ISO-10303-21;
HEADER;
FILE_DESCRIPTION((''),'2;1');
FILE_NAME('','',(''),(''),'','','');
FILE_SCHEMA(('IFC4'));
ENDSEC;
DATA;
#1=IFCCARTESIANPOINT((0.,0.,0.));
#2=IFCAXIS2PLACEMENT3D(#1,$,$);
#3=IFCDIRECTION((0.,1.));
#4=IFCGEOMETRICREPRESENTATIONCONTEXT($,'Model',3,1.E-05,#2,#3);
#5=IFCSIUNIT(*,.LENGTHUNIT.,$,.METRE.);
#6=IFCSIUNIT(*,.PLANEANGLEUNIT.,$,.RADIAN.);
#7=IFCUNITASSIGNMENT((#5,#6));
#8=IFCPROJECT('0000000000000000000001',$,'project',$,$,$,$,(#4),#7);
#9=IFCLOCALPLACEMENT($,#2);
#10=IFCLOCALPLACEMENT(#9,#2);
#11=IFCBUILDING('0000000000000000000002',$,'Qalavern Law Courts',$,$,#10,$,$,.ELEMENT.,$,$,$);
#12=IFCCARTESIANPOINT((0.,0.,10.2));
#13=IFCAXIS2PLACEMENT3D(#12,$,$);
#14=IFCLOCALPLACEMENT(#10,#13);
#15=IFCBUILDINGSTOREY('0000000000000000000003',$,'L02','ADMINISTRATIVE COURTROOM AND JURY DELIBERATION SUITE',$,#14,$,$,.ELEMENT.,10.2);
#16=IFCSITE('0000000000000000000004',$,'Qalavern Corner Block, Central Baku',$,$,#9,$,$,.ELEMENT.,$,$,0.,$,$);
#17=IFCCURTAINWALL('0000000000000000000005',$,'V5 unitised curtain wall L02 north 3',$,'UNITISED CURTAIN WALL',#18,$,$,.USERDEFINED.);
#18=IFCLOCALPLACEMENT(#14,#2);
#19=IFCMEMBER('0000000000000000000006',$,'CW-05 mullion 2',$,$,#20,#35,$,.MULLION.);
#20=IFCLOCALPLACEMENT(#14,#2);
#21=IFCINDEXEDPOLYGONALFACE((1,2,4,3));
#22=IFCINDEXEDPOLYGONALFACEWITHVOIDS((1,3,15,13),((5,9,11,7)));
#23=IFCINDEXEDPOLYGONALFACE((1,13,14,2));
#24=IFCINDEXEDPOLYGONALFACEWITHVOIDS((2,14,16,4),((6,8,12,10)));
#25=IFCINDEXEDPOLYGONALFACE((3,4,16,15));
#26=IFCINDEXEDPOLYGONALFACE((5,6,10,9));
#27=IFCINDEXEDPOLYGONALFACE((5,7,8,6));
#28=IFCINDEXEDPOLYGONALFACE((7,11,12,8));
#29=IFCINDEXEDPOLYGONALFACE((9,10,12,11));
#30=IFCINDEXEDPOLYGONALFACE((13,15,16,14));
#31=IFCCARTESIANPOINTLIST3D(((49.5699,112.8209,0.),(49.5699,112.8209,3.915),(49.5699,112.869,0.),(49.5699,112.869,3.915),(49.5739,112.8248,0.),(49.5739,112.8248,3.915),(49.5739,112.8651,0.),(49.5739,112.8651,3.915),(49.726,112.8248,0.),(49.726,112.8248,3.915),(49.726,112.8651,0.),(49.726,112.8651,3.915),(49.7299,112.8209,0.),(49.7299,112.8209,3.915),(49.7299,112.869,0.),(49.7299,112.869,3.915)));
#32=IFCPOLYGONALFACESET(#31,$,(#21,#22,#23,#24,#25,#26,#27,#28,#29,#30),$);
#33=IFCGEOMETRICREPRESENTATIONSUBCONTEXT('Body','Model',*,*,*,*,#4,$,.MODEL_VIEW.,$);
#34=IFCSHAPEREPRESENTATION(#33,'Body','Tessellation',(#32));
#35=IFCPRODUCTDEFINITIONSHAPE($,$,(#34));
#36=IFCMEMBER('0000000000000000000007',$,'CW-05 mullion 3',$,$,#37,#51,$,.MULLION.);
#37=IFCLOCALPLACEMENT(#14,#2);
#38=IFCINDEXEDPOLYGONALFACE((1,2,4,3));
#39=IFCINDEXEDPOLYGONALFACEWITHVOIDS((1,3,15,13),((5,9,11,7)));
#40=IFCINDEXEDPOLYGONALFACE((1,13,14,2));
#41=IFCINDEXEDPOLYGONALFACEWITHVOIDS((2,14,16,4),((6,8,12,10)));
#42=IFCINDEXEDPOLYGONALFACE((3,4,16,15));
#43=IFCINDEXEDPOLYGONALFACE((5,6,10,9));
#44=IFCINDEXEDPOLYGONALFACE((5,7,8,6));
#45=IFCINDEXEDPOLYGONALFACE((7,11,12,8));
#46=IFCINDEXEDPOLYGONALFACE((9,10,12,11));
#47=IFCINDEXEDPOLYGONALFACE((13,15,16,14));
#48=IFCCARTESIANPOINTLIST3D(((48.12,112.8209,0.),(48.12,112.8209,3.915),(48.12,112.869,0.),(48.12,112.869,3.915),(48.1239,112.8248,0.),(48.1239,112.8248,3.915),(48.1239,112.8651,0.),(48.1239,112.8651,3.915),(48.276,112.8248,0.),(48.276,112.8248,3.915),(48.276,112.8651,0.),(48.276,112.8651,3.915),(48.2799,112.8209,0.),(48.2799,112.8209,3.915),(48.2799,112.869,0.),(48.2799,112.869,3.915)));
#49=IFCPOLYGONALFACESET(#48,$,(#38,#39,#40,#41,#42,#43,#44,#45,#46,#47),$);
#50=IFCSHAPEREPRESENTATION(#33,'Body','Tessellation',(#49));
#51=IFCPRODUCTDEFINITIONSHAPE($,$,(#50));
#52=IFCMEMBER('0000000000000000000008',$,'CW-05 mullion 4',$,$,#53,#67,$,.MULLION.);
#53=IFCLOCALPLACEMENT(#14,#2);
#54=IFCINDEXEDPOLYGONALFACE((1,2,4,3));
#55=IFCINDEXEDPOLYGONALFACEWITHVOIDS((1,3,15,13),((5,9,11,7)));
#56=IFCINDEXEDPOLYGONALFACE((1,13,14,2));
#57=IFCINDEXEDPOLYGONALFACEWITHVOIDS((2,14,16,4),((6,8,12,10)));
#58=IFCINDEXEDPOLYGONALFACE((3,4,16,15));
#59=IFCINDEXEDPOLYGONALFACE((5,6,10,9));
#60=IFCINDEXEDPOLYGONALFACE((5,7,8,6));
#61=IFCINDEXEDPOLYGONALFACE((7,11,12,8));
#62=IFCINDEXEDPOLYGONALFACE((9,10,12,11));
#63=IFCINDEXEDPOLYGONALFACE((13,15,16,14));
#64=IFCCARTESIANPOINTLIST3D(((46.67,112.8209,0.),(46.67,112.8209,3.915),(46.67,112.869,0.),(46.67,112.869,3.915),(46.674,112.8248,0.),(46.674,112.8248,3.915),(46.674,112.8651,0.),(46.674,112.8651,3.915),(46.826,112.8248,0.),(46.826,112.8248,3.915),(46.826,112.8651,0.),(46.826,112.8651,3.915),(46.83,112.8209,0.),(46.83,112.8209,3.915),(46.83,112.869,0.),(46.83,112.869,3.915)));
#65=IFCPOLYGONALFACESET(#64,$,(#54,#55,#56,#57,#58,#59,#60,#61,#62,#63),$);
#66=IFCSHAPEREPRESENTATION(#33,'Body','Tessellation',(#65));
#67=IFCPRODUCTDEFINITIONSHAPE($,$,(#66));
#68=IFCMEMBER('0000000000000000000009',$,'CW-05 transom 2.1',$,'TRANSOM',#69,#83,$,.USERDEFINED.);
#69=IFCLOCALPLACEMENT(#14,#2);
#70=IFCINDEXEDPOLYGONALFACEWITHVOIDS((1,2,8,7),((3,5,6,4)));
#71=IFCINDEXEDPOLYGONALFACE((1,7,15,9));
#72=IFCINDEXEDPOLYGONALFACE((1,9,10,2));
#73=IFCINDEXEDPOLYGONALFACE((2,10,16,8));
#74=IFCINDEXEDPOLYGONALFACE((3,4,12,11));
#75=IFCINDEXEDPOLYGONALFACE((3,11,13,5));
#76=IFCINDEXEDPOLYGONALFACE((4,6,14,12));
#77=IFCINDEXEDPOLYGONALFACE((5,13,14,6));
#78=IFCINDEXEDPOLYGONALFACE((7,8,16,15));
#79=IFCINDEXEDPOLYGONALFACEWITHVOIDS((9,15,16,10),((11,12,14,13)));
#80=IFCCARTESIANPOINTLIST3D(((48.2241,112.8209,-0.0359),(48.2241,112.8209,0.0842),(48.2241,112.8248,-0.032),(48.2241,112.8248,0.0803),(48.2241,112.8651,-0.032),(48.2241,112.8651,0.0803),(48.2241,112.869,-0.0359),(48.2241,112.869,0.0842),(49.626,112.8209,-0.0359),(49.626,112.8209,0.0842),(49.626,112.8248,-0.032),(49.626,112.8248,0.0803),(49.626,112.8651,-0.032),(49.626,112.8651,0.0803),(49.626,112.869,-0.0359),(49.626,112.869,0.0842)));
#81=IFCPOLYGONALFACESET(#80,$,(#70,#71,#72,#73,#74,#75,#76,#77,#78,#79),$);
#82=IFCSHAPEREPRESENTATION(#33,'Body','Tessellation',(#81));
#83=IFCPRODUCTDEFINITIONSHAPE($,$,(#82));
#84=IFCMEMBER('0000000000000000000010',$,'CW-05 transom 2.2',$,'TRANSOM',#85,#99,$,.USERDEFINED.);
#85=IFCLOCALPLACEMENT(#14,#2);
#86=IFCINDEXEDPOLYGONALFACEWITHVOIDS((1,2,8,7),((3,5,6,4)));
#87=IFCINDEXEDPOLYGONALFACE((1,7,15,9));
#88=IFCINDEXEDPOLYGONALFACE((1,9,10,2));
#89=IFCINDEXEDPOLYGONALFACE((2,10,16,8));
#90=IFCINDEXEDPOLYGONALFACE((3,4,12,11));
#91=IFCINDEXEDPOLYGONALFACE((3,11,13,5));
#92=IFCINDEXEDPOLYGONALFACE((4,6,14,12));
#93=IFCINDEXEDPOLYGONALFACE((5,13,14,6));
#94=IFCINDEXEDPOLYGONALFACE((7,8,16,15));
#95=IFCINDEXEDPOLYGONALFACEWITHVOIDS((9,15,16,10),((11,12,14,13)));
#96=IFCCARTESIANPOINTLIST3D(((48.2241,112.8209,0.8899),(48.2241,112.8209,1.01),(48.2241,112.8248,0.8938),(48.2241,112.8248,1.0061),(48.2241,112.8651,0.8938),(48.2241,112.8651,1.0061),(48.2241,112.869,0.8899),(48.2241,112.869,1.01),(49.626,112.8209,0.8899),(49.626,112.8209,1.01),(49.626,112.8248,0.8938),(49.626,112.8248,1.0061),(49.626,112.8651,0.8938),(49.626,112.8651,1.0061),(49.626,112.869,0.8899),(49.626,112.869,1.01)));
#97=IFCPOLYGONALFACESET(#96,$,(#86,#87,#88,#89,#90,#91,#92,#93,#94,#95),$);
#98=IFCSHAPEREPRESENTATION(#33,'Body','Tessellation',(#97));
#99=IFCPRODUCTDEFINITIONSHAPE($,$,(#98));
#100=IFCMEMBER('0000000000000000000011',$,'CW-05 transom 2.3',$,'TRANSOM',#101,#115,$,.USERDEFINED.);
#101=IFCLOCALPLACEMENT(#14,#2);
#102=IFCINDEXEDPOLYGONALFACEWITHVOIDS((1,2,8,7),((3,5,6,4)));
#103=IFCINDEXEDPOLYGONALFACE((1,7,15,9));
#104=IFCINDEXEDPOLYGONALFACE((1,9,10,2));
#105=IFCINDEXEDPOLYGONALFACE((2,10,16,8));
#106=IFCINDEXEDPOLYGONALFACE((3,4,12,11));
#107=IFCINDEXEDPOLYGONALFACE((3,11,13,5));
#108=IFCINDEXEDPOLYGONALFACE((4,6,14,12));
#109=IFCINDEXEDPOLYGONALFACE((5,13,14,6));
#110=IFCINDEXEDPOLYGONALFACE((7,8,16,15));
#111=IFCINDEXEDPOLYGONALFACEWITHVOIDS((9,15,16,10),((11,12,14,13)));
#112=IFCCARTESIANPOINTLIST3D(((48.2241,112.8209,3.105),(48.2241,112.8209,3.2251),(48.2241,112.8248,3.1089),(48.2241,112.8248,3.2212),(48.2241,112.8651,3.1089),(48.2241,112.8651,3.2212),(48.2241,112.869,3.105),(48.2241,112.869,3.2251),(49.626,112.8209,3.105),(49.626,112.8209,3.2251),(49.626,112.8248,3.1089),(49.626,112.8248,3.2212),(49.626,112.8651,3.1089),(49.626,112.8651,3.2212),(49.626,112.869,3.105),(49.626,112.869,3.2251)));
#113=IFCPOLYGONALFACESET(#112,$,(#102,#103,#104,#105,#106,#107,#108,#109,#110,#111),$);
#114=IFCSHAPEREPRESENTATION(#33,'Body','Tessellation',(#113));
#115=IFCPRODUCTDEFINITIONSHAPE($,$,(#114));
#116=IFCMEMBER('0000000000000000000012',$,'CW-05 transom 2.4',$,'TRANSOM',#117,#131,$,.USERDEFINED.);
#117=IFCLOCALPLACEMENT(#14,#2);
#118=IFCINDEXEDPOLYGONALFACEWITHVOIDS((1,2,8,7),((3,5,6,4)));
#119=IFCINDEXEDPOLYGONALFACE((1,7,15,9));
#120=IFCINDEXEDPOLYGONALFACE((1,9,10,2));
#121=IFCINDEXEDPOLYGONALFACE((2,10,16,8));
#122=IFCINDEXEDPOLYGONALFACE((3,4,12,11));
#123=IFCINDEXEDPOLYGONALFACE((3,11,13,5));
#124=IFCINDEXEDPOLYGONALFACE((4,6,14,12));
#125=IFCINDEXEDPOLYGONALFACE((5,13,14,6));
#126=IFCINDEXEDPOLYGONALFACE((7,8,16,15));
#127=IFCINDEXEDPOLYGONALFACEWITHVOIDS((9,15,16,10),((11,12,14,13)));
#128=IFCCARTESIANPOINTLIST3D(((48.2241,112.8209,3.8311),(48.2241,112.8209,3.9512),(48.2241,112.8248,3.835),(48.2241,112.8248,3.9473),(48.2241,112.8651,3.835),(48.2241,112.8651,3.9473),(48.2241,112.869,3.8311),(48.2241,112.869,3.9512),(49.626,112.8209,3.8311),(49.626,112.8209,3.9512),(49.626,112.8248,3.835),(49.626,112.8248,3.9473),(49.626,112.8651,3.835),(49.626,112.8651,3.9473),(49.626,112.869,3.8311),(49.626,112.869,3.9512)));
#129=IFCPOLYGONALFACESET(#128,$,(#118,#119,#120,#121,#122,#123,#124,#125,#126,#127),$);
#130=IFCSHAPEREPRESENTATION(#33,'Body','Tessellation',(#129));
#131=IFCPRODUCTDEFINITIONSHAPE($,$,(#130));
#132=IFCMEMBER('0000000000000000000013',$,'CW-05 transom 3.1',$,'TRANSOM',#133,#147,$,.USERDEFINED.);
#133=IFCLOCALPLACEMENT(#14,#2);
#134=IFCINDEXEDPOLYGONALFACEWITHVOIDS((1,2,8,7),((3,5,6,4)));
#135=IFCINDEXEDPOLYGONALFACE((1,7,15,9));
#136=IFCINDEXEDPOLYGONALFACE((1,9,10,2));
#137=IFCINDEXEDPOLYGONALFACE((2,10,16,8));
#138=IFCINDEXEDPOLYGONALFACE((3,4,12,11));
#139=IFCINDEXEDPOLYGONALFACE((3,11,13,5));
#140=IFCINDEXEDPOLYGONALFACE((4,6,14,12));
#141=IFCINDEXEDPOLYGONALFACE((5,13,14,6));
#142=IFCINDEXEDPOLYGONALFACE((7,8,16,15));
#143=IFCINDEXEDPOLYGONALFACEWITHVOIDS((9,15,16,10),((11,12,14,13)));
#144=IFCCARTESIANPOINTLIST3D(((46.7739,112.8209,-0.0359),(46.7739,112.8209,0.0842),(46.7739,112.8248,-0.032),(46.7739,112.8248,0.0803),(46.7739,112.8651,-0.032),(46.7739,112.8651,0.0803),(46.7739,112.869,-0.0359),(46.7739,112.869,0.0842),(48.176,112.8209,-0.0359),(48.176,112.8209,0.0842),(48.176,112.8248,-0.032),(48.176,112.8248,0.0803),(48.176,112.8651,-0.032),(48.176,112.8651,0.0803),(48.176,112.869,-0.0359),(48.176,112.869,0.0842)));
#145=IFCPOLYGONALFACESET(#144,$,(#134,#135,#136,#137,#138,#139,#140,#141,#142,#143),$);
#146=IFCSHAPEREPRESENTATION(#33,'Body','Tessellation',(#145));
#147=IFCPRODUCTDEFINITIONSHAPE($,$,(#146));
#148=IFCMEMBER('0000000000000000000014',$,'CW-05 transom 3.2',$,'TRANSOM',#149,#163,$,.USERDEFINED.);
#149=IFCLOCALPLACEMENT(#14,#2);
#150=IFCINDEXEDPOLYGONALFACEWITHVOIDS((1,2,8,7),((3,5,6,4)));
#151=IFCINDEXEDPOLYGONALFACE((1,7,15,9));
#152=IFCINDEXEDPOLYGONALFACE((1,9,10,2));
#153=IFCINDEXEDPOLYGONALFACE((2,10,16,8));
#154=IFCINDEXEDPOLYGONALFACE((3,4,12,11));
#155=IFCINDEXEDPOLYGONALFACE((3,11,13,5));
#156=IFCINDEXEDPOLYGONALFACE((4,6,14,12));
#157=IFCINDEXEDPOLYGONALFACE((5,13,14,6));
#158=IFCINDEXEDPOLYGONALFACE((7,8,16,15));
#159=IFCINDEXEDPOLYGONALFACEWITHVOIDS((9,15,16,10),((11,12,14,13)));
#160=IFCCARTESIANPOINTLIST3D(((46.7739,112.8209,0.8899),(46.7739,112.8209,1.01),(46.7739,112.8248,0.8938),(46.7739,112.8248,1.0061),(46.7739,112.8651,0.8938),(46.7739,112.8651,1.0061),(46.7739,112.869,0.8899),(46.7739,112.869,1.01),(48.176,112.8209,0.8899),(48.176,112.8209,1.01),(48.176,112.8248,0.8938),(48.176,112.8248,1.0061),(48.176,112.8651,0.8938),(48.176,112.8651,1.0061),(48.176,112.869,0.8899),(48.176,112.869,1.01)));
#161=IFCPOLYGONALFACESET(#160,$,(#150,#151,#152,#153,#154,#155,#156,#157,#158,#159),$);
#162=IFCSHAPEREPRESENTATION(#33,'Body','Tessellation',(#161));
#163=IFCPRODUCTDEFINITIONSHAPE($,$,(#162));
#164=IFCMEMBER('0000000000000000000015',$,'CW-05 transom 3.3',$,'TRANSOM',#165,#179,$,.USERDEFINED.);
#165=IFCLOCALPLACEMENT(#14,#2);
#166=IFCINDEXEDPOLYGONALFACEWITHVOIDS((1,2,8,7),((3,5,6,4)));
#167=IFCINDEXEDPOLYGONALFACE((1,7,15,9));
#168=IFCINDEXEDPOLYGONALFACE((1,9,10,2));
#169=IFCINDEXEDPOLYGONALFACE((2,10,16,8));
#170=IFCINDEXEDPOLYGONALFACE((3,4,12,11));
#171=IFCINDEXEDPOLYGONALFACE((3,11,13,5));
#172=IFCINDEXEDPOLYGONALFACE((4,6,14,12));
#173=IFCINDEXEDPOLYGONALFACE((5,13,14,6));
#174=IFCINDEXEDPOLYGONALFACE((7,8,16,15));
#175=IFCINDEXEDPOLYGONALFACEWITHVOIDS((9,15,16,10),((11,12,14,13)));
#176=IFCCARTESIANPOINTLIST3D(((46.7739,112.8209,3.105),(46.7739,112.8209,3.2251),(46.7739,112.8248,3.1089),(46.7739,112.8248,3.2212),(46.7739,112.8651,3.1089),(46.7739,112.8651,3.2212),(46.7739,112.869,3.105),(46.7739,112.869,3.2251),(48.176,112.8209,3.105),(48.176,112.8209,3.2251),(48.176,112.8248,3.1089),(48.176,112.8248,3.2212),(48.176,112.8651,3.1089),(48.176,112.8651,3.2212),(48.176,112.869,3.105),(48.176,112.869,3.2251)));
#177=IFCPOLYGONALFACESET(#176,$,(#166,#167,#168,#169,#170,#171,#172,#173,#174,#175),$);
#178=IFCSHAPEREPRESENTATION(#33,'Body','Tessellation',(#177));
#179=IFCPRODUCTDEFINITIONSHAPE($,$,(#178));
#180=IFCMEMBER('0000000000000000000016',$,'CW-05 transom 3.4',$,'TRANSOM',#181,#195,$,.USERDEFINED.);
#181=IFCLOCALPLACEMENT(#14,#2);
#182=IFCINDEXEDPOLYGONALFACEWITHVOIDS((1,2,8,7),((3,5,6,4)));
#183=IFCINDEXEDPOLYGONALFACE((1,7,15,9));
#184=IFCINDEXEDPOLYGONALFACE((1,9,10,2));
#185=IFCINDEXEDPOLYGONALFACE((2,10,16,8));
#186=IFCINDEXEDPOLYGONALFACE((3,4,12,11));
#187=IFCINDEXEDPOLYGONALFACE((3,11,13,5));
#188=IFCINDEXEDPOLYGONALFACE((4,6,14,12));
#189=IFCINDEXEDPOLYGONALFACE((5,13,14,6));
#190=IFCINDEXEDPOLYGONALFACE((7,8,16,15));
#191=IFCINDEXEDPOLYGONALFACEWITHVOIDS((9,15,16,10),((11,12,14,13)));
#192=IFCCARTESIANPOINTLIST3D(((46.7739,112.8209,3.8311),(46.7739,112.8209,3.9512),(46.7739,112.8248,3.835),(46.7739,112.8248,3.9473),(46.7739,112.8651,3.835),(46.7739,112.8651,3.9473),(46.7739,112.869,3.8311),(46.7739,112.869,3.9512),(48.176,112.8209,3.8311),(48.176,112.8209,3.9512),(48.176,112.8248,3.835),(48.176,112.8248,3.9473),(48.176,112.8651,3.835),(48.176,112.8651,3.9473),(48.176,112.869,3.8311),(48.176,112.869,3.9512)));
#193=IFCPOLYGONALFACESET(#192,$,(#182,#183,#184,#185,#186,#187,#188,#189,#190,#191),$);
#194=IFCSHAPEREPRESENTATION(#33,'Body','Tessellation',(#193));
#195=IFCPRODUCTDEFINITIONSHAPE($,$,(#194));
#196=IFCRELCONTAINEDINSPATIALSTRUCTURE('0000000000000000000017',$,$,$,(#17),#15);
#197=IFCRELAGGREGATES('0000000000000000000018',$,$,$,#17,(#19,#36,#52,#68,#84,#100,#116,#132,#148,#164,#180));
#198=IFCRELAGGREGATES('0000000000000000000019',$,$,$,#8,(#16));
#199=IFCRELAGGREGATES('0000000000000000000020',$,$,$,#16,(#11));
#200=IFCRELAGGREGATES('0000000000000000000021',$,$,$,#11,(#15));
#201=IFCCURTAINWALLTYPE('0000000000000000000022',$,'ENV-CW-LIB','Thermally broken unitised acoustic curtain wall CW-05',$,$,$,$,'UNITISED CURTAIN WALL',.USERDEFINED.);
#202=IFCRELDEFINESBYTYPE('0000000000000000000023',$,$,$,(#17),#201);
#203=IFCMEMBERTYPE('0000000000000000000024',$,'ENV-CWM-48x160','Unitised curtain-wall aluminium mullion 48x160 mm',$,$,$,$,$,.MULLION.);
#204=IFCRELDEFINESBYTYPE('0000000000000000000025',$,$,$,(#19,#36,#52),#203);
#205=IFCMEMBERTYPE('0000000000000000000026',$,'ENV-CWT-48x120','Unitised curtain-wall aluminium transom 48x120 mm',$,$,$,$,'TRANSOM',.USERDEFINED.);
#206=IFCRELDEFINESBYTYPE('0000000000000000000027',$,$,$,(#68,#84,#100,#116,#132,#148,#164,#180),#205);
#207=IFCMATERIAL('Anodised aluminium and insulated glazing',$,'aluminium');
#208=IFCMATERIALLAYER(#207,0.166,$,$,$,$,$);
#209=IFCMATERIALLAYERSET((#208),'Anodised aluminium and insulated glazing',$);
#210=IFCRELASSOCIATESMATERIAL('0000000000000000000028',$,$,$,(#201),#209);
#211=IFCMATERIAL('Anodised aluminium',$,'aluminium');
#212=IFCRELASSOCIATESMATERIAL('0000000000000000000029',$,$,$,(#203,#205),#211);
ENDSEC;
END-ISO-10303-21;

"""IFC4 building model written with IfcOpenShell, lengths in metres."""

from ifc_helpers import new_model, si_unit, direction, frame, origin, origin_2d, place, context, subcontext, project, spatial, hollow_rectangle, extrude, material, layer, layer_set, material_profile, profile_set, type_object, element, aggregate, save


model = new_model("IFC4")

# Units and contexts
model_context = context("Model", 3, precision=1e-05, world=origin(), true_north=direction((0.0, 1.0)))
body_context = subcontext(model_context, "Body", "Model", "MODEL_VIEW")
ifc_project = project(units=[si_unit("LENGTHUNIT", "METRE"), si_unit("PLANEANGLEUNIT", "RADIAN")], contexts=[model_context])

# Site, building, storey
site_placement = place(None, origin())
site = spatial("IfcSite", under=ifc_project, at=site_placement, Name="Qalavern Corner Block, Central Baku", CompositionType="ELEMENT", RefElevation=0.0)
building_placement = place(site_placement, origin())
building = spatial("IfcBuilding", under=site, at=building_placement, Name="Qalavern Law Courts", CompositionType="ELEMENT")
storey_placement = place(building_placement, frame((0.0, 0.0, 10.2)))
storey = spatial("IfcBuildingStorey", under=building, at=storey_placement, Name="L02", Description="ADMINISTRATIVE COURTROOM AND JURY DELIBERATION SUITE", CompositionType="ELEMENT", Elevation=10.2)

# Curtain wall, members
ifc_material_1 = material(Name="Anodised aluminium and insulated glazing", Category="aluminium")
ifc_layer_1 = layer(ifc_material_1, 0.166)
ifc_layer_set_1 = layer_set([ifc_layer_1], Name="Anodised aluminium and insulated glazing")
curtain_wall_type = type_object("IfcCurtainWallType", Name="ENV-CW-LIB", Description="Thermally broken unitised acoustic curtain wall CW-05", ElementType="UNITISED CURTAIN WALL", PredefinedType="USERDEFINED", material=ifc_layer_set_1)
curtain_wall_placement = place(storey_placement, origin())
curtain_wall = element("IfcCurtainWall", 1, at=curtain_wall_placement, inside=storey, type_object=curtain_wall_type, Name="V5 unitised curtain wall L02 north 3", ObjectType="UNITISED CURTAIN WALL", PredefinedType="USERDEFINED")
ifc_material_2 = material(Name="Anodised aluminium", Category="aluminium")
ifc_material_profile_1 = material_profile(ifc_material_2, hollow_rectangle(XDim=0.0481, YDim=0.1599, WallThickness=0.0039, at=origin_2d()), Name="ALU MULLION 48x160")
ifc_profile_set_1 = profile_set([ifc_material_profile_1], Name="Anodised aluminium")
member_type_1 = type_object("IfcMemberType", Name="ENV-CWM-48x160", Description="Unitised curtain-wall aluminium mullion 48x160 mm", PredefinedType="MULLION", material=ifc_profile_set_1)
member_1_placement = place(storey_placement, frame((49.6499, 112.845, 0.0), z_axis=(0.0, 0.0, 1.0), x_axis=(0.0, -1.0, 0.0)))
member_1 = element("IfcMember", 2, at=member_1_placement, type_object=member_type_1, Name="CW-05 mullion 2", PredefinedType="MULLION", context=body_context, shape_type="SweptSolid", body=[
    extrude(hollow_rectangle(XDim=0.0481, YDim=0.1599, WallThickness=0.0039, at=origin_2d()), origin(), (0.0, 0.0, 1.0), 3.915),
])
member_2_placement = place(storey_placement, frame((48.2, 112.845, 0.0), z_axis=(0.0, 0.0, 1.0), x_axis=(0.0, -1.0, 0.0)))
member_2 = element("IfcMember", 3, at=member_2_placement, type_object=member_type_1, Name="CW-05 mullion 3", PredefinedType="MULLION", context=body_context, shape_type="SweptSolid", body=[
    extrude(hollow_rectangle(XDim=0.0481, YDim=0.1599, WallThickness=0.0039, at=origin_2d()), origin(), (0.0, 0.0, 1.0), 3.915),
])
member_3_placement = place(storey_placement, frame((46.75, 112.845, 0.0), z_axis=(0.0, 0.0, 1.0), x_axis=(0.0, -1.0, 0.0)))
member_3 = element("IfcMember", 4, at=member_3_placement, type_object=member_type_1, Name="CW-05 mullion 4", PredefinedType="MULLION", context=body_context, shape_type="SweptSolid", body=[
    extrude(hollow_rectangle(XDim=0.0481, YDim=0.1599, WallThickness=0.0039, at=origin_2d()), origin(), (0.0, 0.0, 1.0), 3.915),
])
ifc_material_profile_2 = material_profile(ifc_material_2, hollow_rectangle(XDim=0.0481, YDim=0.1201, WallThickness=0.0039, at=origin_2d()), Name="ALU TRANSOM 48x120")
ifc_profile_set_2 = profile_set([ifc_material_profile_2], Name="Anodised aluminium")
member_type_2 = type_object("IfcMemberType", Name="ENV-CWT-48x120", Description="Unitised curtain-wall aluminium transom 48x120 mm", ElementType="TRANSOM", PredefinedType="USERDEFINED", material=ifc_profile_set_2)
member_4_placement = place(storey_placement, frame((49.626, 112.845, 0.0242), z_axis=(-1.0, 0.0, 0.0), x_axis=(0.0, -1.0, 0.0)))
member_4 = element("IfcMember", 5, at=member_4_placement, type_object=member_type_2, Name="CW-05 transom 2.1", ObjectType="TRANSOM", PredefinedType="USERDEFINED", context=body_context, shape_type="SweptSolid", body=[
    extrude(hollow_rectangle(XDim=0.0481, YDim=0.1201, WallThickness=0.0039, at=origin_2d()), origin(), (0.0, 0.0, 1.0), 1.4019),
])
member_5_placement = place(storey_placement, frame((49.626, 112.845, 0.95), z_axis=(-1.0, 0.0, 0.0), x_axis=(0.0, -1.0, 0.0)))
member_5 = element("IfcMember", 6, at=member_5_placement, type_object=member_type_2, Name="CW-05 transom 2.2", ObjectType="TRANSOM", PredefinedType="USERDEFINED", context=body_context, shape_type="SweptSolid", body=[
    extrude(hollow_rectangle(XDim=0.0481, YDim=0.1201, WallThickness=0.0039, at=origin_2d()), origin(), (0.0, 0.0, 1.0), 1.4019),
])
member_6_placement = place(storey_placement, frame((49.626, 112.845, 3.165), z_axis=(-1.0, 0.0, 0.0), x_axis=(0.0, -1.0, 0.0)))
member_6 = element("IfcMember", 7, at=member_6_placement, type_object=member_type_2, Name="CW-05 transom 2.3", ObjectType="TRANSOM", PredefinedType="USERDEFINED", context=body_context, shape_type="SweptSolid", body=[
    extrude(hollow_rectangle(XDim=0.0481, YDim=0.1201, WallThickness=0.0039, at=origin_2d()), origin(), (0.0, 0.0, 1.0), 1.4019),
])
member_7_placement = place(storey_placement, frame((49.626, 112.845, 3.8911), z_axis=(-1.0, 0.0, 0.0), x_axis=(0.0, -1.0, 0.0)))
member_7 = element("IfcMember", 8, at=member_7_placement, type_object=member_type_2, Name="CW-05 transom 2.4", ObjectType="TRANSOM", PredefinedType="USERDEFINED", context=body_context, shape_type="SweptSolid", body=[
    extrude(hollow_rectangle(XDim=0.0481, YDim=0.1201, WallThickness=0.0039, at=origin_2d()), origin(), (0.0, 0.0, 1.0), 1.4019),
])
member_8_placement = place(storey_placement, frame((48.176, 112.845, 0.0242), z_axis=(-1.0, 0.0, 0.0), x_axis=(0.0, -1.0, 0.0)))
member_8 = element("IfcMember", 9, at=member_8_placement, type_object=member_type_2, Name="CW-05 transom 3.1", ObjectType="TRANSOM", PredefinedType="USERDEFINED", context=body_context, shape_type="SweptSolid", body=[
    extrude(hollow_rectangle(XDim=0.0481, YDim=0.1201, WallThickness=0.0039, at=origin_2d()), origin(), (0.0, 0.0, 1.0), 1.4021),
])
member_9_placement = place(storey_placement, frame((48.176, 112.845, 0.95), z_axis=(-1.0, 0.0, 0.0), x_axis=(0.0, -1.0, 0.0)))
member_9 = element("IfcMember", 10, at=member_9_placement, type_object=member_type_2, Name="CW-05 transom 3.2", ObjectType="TRANSOM", PredefinedType="USERDEFINED", context=body_context, shape_type="SweptSolid", body=[
    extrude(hollow_rectangle(XDim=0.0481, YDim=0.1201, WallThickness=0.0039, at=origin_2d()), origin(), (0.0, 0.0, 1.0), 1.4021),
])
member_10_placement = place(storey_placement, frame((48.176, 112.845, 3.165), z_axis=(-1.0, 0.0, 0.0), x_axis=(0.0, -1.0, 0.0)))
member_10 = element("IfcMember", 11, at=member_10_placement, type_object=member_type_2, Name="CW-05 transom 3.3", ObjectType="TRANSOM", PredefinedType="USERDEFINED", context=body_context, shape_type="SweptSolid", body=[
    extrude(hollow_rectangle(XDim=0.0481, YDim=0.1201, WallThickness=0.0039, at=origin_2d()), origin(), (0.0, 0.0, 1.0), 1.4021),
])
member_11_placement = place(storey_placement, frame((48.176, 112.845, 3.8911), z_axis=(-1.0, 0.0, 0.0), x_axis=(0.0, -1.0, 0.0)))
member_11 = element("IfcMember", 12, at=member_11_placement, type_object=member_type_2, Name="CW-05 transom 3.4", ObjectType="TRANSOM", PredefinedType="USERDEFINED", context=body_context, shape_type="SweptSolid", body=[
    extrude(hollow_rectangle(XDim=0.0481, YDim=0.1201, WallThickness=0.0039, at=origin_2d()), origin(), (0.0, 0.0, 1.0), 1.4021),
])
aggregate(curtain_wall, [member_1, member_2, member_3, member_4, member_5, member_6, member_7, member_8, member_9, member_10, member_11])

save(model, "model.ifc")
